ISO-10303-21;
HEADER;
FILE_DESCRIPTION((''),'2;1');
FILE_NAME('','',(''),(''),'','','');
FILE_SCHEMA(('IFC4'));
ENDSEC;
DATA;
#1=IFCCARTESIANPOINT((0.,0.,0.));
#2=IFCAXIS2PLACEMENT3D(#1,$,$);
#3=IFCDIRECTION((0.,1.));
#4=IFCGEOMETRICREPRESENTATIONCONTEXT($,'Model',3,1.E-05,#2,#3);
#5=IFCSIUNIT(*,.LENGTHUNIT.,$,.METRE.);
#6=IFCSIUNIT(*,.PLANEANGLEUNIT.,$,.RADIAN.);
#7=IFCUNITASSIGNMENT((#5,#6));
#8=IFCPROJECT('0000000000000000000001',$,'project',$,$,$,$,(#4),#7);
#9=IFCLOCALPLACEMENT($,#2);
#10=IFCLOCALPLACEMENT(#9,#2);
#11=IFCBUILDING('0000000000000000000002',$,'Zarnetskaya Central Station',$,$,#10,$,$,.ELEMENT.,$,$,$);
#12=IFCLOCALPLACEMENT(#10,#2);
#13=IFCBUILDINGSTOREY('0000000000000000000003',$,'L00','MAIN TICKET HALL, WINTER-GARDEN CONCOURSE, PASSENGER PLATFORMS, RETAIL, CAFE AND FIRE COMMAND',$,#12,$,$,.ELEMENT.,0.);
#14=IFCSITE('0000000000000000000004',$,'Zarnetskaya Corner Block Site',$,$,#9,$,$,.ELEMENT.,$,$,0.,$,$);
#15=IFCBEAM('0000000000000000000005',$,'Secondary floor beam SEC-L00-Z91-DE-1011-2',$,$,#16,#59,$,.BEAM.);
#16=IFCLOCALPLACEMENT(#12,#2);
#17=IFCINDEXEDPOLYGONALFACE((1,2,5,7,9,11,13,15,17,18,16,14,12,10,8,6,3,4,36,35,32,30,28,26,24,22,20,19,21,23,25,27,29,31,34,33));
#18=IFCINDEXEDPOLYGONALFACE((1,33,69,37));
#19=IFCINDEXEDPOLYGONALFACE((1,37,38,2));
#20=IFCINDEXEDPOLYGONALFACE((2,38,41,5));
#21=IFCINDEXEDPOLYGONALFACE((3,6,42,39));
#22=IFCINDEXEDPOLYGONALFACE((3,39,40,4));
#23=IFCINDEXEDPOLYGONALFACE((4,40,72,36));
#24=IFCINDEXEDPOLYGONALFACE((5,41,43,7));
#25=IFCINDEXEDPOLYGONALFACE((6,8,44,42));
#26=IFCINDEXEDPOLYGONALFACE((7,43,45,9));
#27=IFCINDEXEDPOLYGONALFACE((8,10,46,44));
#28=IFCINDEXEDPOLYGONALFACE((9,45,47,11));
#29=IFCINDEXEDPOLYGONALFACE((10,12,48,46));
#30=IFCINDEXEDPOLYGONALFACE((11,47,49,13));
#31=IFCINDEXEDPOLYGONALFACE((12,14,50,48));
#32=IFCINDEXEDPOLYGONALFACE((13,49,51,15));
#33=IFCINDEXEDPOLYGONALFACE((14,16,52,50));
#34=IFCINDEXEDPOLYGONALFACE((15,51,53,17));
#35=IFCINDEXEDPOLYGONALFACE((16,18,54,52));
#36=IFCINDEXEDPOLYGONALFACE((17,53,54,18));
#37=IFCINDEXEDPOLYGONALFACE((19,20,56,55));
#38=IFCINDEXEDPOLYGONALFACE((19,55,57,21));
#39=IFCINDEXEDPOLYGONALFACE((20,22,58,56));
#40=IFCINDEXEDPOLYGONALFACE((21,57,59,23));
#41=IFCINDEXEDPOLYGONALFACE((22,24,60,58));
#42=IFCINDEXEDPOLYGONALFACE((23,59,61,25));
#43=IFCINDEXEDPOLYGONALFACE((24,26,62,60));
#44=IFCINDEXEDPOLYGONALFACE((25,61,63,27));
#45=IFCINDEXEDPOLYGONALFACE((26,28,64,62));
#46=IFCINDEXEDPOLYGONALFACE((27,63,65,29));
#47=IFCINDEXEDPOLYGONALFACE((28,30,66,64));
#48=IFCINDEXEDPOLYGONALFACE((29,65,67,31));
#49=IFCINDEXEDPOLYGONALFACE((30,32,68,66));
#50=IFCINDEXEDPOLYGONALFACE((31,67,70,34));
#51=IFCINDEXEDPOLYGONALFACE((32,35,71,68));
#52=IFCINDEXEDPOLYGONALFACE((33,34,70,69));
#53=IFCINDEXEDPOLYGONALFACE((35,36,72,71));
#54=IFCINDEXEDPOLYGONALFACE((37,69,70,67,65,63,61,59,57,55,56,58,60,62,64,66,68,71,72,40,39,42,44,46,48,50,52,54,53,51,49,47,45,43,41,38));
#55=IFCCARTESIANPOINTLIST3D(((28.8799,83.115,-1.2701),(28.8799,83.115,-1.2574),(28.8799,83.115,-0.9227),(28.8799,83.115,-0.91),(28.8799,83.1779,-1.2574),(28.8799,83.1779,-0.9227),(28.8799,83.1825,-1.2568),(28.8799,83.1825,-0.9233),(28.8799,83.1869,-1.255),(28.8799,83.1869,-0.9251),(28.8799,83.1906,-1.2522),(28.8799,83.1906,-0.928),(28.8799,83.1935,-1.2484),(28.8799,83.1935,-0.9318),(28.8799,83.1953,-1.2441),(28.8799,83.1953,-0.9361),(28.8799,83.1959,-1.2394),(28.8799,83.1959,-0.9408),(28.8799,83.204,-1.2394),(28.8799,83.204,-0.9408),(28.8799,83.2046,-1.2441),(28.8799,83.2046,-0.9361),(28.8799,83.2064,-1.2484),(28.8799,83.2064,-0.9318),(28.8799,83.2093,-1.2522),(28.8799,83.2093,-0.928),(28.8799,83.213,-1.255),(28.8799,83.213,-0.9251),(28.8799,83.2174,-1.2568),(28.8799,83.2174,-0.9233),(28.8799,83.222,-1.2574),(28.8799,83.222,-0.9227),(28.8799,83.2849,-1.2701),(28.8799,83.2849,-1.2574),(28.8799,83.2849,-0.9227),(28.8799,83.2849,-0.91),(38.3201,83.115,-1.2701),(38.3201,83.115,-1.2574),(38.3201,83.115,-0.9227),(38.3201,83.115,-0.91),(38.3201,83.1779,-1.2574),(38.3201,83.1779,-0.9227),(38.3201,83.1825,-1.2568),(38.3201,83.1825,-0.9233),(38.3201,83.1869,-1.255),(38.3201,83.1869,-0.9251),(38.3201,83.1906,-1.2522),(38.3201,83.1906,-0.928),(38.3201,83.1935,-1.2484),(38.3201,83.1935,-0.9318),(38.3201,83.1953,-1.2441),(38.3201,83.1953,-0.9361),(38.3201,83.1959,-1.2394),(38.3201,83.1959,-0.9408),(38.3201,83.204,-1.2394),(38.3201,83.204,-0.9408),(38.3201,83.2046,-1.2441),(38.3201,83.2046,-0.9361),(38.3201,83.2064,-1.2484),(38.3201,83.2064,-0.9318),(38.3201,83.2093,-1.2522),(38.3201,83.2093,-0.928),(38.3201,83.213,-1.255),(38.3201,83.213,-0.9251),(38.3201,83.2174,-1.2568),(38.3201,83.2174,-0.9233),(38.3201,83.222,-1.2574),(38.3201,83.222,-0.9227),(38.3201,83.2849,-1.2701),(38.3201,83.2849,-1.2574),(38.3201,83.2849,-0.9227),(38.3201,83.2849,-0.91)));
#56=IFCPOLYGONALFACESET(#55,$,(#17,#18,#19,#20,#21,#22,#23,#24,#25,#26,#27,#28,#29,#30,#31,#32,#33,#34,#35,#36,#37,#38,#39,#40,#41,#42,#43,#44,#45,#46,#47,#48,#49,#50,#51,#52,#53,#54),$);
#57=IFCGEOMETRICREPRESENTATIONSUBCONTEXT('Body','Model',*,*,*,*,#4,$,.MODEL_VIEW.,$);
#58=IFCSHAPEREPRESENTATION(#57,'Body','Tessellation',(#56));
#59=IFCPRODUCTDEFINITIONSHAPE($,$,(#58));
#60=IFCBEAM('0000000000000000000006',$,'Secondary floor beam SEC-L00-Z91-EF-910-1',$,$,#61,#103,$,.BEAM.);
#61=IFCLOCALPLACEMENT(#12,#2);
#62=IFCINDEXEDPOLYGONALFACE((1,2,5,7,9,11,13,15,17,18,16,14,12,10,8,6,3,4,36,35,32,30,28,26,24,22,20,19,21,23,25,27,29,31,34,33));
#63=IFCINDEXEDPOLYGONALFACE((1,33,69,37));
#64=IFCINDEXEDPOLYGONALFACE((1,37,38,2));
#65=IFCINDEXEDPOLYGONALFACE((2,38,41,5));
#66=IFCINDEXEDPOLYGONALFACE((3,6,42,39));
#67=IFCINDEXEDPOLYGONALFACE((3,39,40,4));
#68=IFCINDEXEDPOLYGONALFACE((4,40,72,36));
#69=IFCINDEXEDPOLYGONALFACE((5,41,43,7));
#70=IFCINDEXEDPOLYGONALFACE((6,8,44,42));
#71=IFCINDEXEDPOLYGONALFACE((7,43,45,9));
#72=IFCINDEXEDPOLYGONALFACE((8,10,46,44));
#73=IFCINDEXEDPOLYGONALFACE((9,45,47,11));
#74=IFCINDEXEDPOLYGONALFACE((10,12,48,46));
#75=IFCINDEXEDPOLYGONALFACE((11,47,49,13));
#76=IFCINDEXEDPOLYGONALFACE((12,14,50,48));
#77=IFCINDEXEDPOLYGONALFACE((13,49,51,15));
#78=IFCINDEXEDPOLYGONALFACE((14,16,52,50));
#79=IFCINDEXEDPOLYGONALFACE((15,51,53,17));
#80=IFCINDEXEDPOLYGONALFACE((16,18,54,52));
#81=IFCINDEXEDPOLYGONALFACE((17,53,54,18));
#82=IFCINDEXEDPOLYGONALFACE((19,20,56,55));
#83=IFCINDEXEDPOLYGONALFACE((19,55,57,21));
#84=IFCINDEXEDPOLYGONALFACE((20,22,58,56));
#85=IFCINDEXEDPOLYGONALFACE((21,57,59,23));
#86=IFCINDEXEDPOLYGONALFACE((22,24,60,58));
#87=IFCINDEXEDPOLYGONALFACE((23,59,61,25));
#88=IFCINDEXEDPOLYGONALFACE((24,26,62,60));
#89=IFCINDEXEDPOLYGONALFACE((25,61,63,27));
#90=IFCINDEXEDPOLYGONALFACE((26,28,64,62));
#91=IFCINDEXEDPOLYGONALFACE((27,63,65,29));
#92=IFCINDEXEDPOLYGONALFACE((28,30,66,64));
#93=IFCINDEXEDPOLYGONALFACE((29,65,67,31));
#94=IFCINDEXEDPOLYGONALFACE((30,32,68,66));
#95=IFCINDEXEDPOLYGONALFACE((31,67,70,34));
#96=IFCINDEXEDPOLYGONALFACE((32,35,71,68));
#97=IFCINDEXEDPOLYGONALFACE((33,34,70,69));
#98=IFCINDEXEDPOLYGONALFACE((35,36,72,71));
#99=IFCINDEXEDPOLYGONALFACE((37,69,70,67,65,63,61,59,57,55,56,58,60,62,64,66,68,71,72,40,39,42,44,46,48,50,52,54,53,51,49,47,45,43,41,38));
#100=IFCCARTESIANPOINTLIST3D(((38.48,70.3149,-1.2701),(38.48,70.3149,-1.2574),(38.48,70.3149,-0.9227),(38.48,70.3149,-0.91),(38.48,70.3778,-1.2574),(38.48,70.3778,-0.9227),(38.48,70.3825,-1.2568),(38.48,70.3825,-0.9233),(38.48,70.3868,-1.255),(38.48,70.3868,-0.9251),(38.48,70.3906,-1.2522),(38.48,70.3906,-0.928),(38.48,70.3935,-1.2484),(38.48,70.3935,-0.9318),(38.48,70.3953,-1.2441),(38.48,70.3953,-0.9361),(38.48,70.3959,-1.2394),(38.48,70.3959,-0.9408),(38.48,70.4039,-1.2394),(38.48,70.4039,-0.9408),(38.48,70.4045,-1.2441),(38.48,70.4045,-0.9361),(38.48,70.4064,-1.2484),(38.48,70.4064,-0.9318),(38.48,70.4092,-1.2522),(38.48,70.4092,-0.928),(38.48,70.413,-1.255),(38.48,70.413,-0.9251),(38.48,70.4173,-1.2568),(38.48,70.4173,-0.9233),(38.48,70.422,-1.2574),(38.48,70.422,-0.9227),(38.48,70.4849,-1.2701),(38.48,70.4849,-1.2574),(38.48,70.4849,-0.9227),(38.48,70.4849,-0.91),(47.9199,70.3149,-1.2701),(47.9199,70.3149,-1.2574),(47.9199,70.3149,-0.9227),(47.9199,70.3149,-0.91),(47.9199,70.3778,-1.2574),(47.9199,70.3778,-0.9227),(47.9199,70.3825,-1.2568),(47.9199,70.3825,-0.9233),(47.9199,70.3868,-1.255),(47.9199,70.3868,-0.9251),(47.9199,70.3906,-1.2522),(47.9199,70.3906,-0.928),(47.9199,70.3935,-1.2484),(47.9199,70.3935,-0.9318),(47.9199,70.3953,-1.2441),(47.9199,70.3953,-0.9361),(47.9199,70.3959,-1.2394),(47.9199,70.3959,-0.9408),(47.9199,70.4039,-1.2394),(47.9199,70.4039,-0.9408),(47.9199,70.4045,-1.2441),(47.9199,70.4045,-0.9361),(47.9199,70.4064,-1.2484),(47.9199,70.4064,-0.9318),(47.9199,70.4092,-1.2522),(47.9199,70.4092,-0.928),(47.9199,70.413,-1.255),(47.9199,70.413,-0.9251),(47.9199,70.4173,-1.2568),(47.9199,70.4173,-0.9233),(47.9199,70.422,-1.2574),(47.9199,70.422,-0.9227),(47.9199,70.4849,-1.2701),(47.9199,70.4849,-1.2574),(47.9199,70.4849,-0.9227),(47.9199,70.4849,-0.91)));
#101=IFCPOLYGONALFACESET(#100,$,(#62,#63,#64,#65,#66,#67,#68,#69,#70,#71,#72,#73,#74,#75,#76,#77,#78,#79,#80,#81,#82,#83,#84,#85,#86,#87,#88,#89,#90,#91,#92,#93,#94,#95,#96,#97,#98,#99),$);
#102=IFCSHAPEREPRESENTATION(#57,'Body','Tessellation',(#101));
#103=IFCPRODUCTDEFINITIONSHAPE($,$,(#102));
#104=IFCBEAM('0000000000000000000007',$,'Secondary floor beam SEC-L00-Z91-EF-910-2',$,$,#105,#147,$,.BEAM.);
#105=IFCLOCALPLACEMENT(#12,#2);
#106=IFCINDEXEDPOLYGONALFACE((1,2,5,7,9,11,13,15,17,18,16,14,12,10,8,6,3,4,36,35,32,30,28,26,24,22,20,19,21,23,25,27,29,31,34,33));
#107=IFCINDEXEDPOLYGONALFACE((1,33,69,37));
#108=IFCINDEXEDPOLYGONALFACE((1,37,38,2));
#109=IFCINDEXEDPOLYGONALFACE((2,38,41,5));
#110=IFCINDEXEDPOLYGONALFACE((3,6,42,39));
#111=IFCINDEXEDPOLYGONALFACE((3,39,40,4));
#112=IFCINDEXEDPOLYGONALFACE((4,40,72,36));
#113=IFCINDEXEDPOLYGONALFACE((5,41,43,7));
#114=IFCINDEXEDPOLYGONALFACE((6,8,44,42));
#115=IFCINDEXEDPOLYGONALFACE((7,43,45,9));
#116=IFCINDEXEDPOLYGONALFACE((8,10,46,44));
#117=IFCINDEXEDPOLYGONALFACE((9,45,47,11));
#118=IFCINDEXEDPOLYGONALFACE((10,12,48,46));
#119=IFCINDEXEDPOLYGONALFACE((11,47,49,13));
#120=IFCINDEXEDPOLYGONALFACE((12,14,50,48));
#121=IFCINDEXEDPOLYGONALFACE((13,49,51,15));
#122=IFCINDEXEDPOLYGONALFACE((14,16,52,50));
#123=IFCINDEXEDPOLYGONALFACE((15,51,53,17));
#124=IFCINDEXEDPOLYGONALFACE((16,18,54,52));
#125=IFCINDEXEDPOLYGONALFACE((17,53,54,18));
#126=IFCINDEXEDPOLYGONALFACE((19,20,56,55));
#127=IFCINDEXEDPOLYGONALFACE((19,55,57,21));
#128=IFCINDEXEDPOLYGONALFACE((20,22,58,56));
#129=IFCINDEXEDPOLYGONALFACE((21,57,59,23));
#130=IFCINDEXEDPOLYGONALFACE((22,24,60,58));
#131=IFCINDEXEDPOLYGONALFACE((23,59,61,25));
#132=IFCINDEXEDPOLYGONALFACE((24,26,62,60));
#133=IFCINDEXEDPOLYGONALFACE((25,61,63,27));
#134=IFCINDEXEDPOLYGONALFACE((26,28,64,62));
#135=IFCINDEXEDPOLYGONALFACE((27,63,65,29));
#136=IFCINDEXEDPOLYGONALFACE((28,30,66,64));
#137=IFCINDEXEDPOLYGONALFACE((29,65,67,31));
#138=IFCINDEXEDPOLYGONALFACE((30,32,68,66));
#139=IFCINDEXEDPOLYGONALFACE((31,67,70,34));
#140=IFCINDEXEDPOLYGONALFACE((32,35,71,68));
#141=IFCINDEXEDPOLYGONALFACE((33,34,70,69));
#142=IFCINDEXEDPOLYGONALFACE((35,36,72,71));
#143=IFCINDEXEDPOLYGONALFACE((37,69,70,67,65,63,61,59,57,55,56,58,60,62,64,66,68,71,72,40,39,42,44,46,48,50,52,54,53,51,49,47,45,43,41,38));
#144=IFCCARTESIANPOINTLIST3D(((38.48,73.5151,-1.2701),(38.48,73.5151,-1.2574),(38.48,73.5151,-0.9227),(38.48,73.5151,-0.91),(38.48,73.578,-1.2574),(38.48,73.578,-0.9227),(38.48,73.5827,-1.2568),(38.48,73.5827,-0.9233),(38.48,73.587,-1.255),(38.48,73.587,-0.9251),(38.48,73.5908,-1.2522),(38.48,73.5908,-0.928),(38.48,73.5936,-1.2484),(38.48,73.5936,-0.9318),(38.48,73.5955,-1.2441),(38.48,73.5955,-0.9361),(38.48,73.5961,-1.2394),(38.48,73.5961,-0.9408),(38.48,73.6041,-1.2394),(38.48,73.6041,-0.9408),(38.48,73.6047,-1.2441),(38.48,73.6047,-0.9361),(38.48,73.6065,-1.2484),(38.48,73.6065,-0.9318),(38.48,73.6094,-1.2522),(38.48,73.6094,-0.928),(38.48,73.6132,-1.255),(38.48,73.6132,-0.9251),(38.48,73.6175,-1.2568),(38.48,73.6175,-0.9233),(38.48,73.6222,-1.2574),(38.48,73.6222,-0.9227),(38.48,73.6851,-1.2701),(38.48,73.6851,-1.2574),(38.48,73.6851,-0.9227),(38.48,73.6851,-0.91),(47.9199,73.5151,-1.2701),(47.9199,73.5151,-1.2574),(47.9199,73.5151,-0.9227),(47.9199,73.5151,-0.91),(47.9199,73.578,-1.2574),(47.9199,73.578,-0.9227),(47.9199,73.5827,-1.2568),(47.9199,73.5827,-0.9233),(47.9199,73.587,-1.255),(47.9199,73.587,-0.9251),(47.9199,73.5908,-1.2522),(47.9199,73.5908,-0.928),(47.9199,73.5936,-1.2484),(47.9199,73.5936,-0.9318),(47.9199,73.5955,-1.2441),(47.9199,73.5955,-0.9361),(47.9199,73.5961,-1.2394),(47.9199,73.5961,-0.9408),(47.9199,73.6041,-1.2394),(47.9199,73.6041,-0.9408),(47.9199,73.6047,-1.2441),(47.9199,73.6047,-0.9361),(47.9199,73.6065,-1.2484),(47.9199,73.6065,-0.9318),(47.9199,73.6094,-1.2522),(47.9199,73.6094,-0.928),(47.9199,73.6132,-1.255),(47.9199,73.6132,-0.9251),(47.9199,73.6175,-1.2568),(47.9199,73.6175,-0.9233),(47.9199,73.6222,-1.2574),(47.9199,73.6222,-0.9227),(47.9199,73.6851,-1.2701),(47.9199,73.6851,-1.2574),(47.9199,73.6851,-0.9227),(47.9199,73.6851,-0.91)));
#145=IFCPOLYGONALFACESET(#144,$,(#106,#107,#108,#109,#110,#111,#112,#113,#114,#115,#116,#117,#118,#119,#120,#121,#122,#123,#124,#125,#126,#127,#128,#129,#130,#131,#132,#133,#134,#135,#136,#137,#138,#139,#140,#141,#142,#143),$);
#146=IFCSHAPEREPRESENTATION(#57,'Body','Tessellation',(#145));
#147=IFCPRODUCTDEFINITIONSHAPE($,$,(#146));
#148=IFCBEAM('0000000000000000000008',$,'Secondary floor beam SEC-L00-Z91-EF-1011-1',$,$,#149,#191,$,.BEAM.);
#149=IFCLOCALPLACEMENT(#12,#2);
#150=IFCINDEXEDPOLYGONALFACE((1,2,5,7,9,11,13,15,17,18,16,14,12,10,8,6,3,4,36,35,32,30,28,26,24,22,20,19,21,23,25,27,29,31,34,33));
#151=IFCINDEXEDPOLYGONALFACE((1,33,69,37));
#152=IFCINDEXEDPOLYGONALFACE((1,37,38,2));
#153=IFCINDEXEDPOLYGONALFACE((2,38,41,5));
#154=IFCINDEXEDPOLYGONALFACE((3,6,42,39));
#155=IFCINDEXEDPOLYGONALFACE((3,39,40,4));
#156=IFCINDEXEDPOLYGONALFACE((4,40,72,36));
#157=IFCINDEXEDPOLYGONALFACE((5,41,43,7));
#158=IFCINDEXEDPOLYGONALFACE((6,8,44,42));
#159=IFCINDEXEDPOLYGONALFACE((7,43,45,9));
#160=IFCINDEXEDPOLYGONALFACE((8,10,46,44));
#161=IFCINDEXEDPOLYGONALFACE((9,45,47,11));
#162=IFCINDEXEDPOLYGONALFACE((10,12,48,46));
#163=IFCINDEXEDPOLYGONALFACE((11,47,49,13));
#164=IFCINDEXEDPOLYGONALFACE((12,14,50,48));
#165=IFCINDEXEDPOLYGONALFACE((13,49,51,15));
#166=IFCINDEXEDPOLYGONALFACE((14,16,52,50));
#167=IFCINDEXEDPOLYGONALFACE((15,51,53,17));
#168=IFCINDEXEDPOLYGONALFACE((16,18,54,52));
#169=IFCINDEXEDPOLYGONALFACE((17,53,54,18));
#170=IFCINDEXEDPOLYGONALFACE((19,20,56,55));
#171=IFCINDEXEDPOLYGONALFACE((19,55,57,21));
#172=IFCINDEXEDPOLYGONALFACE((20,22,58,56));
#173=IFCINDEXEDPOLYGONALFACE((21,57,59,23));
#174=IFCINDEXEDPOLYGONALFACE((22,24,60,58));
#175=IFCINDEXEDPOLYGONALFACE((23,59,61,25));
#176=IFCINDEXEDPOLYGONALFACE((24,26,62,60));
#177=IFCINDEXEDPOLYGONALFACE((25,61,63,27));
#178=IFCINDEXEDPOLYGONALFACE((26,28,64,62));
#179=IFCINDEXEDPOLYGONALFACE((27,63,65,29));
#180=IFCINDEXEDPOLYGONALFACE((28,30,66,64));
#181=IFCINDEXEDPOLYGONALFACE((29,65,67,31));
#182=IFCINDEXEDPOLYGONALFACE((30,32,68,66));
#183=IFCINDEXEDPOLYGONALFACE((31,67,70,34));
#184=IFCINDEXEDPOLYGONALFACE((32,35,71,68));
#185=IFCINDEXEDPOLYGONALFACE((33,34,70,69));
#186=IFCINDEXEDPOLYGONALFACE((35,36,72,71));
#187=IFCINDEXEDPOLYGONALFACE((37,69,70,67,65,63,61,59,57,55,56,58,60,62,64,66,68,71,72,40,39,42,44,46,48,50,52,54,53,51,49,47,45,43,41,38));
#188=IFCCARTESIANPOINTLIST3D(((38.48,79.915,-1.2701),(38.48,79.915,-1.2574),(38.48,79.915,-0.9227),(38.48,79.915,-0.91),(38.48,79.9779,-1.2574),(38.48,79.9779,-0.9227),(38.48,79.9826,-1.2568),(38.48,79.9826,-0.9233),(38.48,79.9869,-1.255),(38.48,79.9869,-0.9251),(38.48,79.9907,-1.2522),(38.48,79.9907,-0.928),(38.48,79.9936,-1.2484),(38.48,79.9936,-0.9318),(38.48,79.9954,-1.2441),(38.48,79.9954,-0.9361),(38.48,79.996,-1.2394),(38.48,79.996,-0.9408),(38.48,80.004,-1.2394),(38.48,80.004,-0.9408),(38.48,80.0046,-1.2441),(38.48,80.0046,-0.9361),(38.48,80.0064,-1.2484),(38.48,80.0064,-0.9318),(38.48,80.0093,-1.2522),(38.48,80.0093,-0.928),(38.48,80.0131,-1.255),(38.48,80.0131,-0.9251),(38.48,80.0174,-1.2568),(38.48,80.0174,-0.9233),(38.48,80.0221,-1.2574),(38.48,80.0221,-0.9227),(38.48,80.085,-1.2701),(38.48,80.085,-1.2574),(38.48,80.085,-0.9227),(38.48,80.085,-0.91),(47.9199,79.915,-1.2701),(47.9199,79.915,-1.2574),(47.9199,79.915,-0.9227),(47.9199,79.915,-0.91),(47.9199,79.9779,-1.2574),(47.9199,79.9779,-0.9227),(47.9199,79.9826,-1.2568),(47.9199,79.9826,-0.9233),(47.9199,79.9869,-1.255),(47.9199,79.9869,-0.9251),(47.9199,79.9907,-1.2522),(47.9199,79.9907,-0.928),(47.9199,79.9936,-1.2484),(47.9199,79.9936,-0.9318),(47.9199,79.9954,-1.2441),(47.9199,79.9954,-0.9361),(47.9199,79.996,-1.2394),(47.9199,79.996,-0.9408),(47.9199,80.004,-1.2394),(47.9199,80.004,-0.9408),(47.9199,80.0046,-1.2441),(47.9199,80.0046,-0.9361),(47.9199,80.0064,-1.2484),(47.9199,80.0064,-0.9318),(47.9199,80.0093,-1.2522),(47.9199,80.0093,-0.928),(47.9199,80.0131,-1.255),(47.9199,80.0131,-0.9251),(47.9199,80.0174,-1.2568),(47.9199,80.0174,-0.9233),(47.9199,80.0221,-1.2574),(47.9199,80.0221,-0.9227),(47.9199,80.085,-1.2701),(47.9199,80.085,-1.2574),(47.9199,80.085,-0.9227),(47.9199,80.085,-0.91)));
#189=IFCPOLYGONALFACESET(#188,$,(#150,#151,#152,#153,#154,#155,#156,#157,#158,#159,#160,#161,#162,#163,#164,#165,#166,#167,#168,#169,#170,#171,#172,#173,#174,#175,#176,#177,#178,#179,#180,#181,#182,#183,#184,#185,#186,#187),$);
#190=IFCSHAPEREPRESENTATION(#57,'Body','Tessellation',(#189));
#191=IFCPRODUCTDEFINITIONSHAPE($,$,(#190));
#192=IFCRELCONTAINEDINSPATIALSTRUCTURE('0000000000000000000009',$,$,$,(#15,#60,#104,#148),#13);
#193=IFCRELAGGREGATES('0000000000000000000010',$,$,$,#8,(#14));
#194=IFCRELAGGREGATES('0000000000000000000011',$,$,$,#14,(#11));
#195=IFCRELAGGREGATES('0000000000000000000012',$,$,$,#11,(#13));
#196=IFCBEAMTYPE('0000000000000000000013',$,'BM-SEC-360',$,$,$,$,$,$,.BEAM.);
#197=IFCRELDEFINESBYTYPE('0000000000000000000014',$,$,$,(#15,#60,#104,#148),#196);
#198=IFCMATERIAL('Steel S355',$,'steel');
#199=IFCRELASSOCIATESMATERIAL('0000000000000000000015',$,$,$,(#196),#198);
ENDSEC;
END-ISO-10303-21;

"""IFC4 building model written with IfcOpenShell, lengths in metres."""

from ifc_helpers import new_model, si_unit, direction, frame, origin, origin_2d, place, context, subcontext, project, spatial, i_section, extrude, material, material_profile, profile_set, type_object, element, save


model = new_model("IFC4")

# Units and contexts
model_context = context("Model", 3, precision=1e-05, world=origin(), true_north=direction((0.0, 1.0)))
body_context = subcontext(model_context, "Body", "Model", "MODEL_VIEW")
ifc_project = project(units=[si_unit("LENGTHUNIT", "METRE"), si_unit("PLANEANGLEUNIT", "RADIAN")], contexts=[model_context])

# Site, building, storey
site_placement = place(None, origin())
site = spatial("IfcSite", under=ifc_project, at=site_placement, Name="Zarnetskaya Corner Block Site", CompositionType="ELEMENT", RefElevation=0.0)
building_placement = place(site_placement, origin())
building = spatial("IfcBuilding", under=site, at=building_placement, Name="Zarnetskaya Central Station", CompositionType="ELEMENT")
storey_placement = place(building_placement, origin())
storey = spatial("IfcBuildingStorey", under=building, at=storey_placement, Name="L00", Description="MAIN TICKET HALL, WINTER-GARDEN CONCOURSE, PASSENGER PLATFORMS, RETAIL, CAFE AND FIRE COMMAND", CompositionType="ELEMENT", Elevation=0.0)

# Shared definitions
ifc_material = material(Name="Steel S355", Category="steel")

# Beams
ifc_material_profile_1 = material_profile(ifc_material, i_section(OverallWidth=0.1699, OverallDepth=0.3601, WebThickness=0.0081, FlangeThickness=0.0127, FilletRadius=0.0181, at=origin_2d()), Name="IPE 360")
ifc_profile_set_1 = profile_set([ifc_material_profile_1], Name="Steel S355")
beam_type_1 = type_object("IfcBeamType", Name="BM-SEC-360", PredefinedType="BEAM", material=ifc_profile_set_1)
for number, where, z_axis, x_axis, name in (
    (1, (28.8799, 83.2, -1.0901), (1.0, 0.0, 0.0), (0.0, 1.0, 0.0), "Secondary floor beam SEC-L00-Z91-DE-1011-2"),
):
    element("IfcBeam", number, at=place(storey_placement, frame(where, z_axis=z_axis, x_axis=x_axis)), inside=storey, type_object=beam_type_1, Name=name, PredefinedType="BEAM", context=body_context, shape_type="SweptSolid", body=[
        extrude(i_section(OverallWidth=0.1699, OverallDepth=0.3601, WebThickness=0.0081, FlangeThickness=0.0127, FilletRadius=0.0181, at=origin_2d()), origin(), (0.0, 0.0, 1.0), 9.4402),
    ])
for number, where, z_axis, x_axis, name in (
    (2, (38.48, 70.3999, -1.0901), (1.0, 0.0, 0.0), (0.0, 1.0, 0.0), "Secondary floor beam SEC-L00-Z91-EF-910-1"),
    (3, (38.48, 73.6001, -1.0901), (1.0, 0.0, 0.0), (0.0, 1.0, 0.0), "Secondary floor beam SEC-L00-Z91-EF-910-2"),
    (4, (38.48, 80.0, -1.0901), (1.0, 0.0, 0.0), (0.0, 1.0, 0.0), "Secondary floor beam SEC-L00-Z91-EF-1011-1"),
):
    element("IfcBeam", number, at=place(storey_placement, frame(where, z_axis=z_axis, x_axis=x_axis)), inside=storey, type_object=beam_type_1, Name=name, PredefinedType="BEAM", context=body_context, shape_type="SweptSolid", body=[
        extrude(i_section(OverallWidth=0.1699, OverallDepth=0.3601, WebThickness=0.0081, FlangeThickness=0.0127, FilletRadius=0.0181, at=origin_2d()), origin(), (0.0, 0.0, 1.0), 9.4399),
    ])

save(model, "model.ifc")
